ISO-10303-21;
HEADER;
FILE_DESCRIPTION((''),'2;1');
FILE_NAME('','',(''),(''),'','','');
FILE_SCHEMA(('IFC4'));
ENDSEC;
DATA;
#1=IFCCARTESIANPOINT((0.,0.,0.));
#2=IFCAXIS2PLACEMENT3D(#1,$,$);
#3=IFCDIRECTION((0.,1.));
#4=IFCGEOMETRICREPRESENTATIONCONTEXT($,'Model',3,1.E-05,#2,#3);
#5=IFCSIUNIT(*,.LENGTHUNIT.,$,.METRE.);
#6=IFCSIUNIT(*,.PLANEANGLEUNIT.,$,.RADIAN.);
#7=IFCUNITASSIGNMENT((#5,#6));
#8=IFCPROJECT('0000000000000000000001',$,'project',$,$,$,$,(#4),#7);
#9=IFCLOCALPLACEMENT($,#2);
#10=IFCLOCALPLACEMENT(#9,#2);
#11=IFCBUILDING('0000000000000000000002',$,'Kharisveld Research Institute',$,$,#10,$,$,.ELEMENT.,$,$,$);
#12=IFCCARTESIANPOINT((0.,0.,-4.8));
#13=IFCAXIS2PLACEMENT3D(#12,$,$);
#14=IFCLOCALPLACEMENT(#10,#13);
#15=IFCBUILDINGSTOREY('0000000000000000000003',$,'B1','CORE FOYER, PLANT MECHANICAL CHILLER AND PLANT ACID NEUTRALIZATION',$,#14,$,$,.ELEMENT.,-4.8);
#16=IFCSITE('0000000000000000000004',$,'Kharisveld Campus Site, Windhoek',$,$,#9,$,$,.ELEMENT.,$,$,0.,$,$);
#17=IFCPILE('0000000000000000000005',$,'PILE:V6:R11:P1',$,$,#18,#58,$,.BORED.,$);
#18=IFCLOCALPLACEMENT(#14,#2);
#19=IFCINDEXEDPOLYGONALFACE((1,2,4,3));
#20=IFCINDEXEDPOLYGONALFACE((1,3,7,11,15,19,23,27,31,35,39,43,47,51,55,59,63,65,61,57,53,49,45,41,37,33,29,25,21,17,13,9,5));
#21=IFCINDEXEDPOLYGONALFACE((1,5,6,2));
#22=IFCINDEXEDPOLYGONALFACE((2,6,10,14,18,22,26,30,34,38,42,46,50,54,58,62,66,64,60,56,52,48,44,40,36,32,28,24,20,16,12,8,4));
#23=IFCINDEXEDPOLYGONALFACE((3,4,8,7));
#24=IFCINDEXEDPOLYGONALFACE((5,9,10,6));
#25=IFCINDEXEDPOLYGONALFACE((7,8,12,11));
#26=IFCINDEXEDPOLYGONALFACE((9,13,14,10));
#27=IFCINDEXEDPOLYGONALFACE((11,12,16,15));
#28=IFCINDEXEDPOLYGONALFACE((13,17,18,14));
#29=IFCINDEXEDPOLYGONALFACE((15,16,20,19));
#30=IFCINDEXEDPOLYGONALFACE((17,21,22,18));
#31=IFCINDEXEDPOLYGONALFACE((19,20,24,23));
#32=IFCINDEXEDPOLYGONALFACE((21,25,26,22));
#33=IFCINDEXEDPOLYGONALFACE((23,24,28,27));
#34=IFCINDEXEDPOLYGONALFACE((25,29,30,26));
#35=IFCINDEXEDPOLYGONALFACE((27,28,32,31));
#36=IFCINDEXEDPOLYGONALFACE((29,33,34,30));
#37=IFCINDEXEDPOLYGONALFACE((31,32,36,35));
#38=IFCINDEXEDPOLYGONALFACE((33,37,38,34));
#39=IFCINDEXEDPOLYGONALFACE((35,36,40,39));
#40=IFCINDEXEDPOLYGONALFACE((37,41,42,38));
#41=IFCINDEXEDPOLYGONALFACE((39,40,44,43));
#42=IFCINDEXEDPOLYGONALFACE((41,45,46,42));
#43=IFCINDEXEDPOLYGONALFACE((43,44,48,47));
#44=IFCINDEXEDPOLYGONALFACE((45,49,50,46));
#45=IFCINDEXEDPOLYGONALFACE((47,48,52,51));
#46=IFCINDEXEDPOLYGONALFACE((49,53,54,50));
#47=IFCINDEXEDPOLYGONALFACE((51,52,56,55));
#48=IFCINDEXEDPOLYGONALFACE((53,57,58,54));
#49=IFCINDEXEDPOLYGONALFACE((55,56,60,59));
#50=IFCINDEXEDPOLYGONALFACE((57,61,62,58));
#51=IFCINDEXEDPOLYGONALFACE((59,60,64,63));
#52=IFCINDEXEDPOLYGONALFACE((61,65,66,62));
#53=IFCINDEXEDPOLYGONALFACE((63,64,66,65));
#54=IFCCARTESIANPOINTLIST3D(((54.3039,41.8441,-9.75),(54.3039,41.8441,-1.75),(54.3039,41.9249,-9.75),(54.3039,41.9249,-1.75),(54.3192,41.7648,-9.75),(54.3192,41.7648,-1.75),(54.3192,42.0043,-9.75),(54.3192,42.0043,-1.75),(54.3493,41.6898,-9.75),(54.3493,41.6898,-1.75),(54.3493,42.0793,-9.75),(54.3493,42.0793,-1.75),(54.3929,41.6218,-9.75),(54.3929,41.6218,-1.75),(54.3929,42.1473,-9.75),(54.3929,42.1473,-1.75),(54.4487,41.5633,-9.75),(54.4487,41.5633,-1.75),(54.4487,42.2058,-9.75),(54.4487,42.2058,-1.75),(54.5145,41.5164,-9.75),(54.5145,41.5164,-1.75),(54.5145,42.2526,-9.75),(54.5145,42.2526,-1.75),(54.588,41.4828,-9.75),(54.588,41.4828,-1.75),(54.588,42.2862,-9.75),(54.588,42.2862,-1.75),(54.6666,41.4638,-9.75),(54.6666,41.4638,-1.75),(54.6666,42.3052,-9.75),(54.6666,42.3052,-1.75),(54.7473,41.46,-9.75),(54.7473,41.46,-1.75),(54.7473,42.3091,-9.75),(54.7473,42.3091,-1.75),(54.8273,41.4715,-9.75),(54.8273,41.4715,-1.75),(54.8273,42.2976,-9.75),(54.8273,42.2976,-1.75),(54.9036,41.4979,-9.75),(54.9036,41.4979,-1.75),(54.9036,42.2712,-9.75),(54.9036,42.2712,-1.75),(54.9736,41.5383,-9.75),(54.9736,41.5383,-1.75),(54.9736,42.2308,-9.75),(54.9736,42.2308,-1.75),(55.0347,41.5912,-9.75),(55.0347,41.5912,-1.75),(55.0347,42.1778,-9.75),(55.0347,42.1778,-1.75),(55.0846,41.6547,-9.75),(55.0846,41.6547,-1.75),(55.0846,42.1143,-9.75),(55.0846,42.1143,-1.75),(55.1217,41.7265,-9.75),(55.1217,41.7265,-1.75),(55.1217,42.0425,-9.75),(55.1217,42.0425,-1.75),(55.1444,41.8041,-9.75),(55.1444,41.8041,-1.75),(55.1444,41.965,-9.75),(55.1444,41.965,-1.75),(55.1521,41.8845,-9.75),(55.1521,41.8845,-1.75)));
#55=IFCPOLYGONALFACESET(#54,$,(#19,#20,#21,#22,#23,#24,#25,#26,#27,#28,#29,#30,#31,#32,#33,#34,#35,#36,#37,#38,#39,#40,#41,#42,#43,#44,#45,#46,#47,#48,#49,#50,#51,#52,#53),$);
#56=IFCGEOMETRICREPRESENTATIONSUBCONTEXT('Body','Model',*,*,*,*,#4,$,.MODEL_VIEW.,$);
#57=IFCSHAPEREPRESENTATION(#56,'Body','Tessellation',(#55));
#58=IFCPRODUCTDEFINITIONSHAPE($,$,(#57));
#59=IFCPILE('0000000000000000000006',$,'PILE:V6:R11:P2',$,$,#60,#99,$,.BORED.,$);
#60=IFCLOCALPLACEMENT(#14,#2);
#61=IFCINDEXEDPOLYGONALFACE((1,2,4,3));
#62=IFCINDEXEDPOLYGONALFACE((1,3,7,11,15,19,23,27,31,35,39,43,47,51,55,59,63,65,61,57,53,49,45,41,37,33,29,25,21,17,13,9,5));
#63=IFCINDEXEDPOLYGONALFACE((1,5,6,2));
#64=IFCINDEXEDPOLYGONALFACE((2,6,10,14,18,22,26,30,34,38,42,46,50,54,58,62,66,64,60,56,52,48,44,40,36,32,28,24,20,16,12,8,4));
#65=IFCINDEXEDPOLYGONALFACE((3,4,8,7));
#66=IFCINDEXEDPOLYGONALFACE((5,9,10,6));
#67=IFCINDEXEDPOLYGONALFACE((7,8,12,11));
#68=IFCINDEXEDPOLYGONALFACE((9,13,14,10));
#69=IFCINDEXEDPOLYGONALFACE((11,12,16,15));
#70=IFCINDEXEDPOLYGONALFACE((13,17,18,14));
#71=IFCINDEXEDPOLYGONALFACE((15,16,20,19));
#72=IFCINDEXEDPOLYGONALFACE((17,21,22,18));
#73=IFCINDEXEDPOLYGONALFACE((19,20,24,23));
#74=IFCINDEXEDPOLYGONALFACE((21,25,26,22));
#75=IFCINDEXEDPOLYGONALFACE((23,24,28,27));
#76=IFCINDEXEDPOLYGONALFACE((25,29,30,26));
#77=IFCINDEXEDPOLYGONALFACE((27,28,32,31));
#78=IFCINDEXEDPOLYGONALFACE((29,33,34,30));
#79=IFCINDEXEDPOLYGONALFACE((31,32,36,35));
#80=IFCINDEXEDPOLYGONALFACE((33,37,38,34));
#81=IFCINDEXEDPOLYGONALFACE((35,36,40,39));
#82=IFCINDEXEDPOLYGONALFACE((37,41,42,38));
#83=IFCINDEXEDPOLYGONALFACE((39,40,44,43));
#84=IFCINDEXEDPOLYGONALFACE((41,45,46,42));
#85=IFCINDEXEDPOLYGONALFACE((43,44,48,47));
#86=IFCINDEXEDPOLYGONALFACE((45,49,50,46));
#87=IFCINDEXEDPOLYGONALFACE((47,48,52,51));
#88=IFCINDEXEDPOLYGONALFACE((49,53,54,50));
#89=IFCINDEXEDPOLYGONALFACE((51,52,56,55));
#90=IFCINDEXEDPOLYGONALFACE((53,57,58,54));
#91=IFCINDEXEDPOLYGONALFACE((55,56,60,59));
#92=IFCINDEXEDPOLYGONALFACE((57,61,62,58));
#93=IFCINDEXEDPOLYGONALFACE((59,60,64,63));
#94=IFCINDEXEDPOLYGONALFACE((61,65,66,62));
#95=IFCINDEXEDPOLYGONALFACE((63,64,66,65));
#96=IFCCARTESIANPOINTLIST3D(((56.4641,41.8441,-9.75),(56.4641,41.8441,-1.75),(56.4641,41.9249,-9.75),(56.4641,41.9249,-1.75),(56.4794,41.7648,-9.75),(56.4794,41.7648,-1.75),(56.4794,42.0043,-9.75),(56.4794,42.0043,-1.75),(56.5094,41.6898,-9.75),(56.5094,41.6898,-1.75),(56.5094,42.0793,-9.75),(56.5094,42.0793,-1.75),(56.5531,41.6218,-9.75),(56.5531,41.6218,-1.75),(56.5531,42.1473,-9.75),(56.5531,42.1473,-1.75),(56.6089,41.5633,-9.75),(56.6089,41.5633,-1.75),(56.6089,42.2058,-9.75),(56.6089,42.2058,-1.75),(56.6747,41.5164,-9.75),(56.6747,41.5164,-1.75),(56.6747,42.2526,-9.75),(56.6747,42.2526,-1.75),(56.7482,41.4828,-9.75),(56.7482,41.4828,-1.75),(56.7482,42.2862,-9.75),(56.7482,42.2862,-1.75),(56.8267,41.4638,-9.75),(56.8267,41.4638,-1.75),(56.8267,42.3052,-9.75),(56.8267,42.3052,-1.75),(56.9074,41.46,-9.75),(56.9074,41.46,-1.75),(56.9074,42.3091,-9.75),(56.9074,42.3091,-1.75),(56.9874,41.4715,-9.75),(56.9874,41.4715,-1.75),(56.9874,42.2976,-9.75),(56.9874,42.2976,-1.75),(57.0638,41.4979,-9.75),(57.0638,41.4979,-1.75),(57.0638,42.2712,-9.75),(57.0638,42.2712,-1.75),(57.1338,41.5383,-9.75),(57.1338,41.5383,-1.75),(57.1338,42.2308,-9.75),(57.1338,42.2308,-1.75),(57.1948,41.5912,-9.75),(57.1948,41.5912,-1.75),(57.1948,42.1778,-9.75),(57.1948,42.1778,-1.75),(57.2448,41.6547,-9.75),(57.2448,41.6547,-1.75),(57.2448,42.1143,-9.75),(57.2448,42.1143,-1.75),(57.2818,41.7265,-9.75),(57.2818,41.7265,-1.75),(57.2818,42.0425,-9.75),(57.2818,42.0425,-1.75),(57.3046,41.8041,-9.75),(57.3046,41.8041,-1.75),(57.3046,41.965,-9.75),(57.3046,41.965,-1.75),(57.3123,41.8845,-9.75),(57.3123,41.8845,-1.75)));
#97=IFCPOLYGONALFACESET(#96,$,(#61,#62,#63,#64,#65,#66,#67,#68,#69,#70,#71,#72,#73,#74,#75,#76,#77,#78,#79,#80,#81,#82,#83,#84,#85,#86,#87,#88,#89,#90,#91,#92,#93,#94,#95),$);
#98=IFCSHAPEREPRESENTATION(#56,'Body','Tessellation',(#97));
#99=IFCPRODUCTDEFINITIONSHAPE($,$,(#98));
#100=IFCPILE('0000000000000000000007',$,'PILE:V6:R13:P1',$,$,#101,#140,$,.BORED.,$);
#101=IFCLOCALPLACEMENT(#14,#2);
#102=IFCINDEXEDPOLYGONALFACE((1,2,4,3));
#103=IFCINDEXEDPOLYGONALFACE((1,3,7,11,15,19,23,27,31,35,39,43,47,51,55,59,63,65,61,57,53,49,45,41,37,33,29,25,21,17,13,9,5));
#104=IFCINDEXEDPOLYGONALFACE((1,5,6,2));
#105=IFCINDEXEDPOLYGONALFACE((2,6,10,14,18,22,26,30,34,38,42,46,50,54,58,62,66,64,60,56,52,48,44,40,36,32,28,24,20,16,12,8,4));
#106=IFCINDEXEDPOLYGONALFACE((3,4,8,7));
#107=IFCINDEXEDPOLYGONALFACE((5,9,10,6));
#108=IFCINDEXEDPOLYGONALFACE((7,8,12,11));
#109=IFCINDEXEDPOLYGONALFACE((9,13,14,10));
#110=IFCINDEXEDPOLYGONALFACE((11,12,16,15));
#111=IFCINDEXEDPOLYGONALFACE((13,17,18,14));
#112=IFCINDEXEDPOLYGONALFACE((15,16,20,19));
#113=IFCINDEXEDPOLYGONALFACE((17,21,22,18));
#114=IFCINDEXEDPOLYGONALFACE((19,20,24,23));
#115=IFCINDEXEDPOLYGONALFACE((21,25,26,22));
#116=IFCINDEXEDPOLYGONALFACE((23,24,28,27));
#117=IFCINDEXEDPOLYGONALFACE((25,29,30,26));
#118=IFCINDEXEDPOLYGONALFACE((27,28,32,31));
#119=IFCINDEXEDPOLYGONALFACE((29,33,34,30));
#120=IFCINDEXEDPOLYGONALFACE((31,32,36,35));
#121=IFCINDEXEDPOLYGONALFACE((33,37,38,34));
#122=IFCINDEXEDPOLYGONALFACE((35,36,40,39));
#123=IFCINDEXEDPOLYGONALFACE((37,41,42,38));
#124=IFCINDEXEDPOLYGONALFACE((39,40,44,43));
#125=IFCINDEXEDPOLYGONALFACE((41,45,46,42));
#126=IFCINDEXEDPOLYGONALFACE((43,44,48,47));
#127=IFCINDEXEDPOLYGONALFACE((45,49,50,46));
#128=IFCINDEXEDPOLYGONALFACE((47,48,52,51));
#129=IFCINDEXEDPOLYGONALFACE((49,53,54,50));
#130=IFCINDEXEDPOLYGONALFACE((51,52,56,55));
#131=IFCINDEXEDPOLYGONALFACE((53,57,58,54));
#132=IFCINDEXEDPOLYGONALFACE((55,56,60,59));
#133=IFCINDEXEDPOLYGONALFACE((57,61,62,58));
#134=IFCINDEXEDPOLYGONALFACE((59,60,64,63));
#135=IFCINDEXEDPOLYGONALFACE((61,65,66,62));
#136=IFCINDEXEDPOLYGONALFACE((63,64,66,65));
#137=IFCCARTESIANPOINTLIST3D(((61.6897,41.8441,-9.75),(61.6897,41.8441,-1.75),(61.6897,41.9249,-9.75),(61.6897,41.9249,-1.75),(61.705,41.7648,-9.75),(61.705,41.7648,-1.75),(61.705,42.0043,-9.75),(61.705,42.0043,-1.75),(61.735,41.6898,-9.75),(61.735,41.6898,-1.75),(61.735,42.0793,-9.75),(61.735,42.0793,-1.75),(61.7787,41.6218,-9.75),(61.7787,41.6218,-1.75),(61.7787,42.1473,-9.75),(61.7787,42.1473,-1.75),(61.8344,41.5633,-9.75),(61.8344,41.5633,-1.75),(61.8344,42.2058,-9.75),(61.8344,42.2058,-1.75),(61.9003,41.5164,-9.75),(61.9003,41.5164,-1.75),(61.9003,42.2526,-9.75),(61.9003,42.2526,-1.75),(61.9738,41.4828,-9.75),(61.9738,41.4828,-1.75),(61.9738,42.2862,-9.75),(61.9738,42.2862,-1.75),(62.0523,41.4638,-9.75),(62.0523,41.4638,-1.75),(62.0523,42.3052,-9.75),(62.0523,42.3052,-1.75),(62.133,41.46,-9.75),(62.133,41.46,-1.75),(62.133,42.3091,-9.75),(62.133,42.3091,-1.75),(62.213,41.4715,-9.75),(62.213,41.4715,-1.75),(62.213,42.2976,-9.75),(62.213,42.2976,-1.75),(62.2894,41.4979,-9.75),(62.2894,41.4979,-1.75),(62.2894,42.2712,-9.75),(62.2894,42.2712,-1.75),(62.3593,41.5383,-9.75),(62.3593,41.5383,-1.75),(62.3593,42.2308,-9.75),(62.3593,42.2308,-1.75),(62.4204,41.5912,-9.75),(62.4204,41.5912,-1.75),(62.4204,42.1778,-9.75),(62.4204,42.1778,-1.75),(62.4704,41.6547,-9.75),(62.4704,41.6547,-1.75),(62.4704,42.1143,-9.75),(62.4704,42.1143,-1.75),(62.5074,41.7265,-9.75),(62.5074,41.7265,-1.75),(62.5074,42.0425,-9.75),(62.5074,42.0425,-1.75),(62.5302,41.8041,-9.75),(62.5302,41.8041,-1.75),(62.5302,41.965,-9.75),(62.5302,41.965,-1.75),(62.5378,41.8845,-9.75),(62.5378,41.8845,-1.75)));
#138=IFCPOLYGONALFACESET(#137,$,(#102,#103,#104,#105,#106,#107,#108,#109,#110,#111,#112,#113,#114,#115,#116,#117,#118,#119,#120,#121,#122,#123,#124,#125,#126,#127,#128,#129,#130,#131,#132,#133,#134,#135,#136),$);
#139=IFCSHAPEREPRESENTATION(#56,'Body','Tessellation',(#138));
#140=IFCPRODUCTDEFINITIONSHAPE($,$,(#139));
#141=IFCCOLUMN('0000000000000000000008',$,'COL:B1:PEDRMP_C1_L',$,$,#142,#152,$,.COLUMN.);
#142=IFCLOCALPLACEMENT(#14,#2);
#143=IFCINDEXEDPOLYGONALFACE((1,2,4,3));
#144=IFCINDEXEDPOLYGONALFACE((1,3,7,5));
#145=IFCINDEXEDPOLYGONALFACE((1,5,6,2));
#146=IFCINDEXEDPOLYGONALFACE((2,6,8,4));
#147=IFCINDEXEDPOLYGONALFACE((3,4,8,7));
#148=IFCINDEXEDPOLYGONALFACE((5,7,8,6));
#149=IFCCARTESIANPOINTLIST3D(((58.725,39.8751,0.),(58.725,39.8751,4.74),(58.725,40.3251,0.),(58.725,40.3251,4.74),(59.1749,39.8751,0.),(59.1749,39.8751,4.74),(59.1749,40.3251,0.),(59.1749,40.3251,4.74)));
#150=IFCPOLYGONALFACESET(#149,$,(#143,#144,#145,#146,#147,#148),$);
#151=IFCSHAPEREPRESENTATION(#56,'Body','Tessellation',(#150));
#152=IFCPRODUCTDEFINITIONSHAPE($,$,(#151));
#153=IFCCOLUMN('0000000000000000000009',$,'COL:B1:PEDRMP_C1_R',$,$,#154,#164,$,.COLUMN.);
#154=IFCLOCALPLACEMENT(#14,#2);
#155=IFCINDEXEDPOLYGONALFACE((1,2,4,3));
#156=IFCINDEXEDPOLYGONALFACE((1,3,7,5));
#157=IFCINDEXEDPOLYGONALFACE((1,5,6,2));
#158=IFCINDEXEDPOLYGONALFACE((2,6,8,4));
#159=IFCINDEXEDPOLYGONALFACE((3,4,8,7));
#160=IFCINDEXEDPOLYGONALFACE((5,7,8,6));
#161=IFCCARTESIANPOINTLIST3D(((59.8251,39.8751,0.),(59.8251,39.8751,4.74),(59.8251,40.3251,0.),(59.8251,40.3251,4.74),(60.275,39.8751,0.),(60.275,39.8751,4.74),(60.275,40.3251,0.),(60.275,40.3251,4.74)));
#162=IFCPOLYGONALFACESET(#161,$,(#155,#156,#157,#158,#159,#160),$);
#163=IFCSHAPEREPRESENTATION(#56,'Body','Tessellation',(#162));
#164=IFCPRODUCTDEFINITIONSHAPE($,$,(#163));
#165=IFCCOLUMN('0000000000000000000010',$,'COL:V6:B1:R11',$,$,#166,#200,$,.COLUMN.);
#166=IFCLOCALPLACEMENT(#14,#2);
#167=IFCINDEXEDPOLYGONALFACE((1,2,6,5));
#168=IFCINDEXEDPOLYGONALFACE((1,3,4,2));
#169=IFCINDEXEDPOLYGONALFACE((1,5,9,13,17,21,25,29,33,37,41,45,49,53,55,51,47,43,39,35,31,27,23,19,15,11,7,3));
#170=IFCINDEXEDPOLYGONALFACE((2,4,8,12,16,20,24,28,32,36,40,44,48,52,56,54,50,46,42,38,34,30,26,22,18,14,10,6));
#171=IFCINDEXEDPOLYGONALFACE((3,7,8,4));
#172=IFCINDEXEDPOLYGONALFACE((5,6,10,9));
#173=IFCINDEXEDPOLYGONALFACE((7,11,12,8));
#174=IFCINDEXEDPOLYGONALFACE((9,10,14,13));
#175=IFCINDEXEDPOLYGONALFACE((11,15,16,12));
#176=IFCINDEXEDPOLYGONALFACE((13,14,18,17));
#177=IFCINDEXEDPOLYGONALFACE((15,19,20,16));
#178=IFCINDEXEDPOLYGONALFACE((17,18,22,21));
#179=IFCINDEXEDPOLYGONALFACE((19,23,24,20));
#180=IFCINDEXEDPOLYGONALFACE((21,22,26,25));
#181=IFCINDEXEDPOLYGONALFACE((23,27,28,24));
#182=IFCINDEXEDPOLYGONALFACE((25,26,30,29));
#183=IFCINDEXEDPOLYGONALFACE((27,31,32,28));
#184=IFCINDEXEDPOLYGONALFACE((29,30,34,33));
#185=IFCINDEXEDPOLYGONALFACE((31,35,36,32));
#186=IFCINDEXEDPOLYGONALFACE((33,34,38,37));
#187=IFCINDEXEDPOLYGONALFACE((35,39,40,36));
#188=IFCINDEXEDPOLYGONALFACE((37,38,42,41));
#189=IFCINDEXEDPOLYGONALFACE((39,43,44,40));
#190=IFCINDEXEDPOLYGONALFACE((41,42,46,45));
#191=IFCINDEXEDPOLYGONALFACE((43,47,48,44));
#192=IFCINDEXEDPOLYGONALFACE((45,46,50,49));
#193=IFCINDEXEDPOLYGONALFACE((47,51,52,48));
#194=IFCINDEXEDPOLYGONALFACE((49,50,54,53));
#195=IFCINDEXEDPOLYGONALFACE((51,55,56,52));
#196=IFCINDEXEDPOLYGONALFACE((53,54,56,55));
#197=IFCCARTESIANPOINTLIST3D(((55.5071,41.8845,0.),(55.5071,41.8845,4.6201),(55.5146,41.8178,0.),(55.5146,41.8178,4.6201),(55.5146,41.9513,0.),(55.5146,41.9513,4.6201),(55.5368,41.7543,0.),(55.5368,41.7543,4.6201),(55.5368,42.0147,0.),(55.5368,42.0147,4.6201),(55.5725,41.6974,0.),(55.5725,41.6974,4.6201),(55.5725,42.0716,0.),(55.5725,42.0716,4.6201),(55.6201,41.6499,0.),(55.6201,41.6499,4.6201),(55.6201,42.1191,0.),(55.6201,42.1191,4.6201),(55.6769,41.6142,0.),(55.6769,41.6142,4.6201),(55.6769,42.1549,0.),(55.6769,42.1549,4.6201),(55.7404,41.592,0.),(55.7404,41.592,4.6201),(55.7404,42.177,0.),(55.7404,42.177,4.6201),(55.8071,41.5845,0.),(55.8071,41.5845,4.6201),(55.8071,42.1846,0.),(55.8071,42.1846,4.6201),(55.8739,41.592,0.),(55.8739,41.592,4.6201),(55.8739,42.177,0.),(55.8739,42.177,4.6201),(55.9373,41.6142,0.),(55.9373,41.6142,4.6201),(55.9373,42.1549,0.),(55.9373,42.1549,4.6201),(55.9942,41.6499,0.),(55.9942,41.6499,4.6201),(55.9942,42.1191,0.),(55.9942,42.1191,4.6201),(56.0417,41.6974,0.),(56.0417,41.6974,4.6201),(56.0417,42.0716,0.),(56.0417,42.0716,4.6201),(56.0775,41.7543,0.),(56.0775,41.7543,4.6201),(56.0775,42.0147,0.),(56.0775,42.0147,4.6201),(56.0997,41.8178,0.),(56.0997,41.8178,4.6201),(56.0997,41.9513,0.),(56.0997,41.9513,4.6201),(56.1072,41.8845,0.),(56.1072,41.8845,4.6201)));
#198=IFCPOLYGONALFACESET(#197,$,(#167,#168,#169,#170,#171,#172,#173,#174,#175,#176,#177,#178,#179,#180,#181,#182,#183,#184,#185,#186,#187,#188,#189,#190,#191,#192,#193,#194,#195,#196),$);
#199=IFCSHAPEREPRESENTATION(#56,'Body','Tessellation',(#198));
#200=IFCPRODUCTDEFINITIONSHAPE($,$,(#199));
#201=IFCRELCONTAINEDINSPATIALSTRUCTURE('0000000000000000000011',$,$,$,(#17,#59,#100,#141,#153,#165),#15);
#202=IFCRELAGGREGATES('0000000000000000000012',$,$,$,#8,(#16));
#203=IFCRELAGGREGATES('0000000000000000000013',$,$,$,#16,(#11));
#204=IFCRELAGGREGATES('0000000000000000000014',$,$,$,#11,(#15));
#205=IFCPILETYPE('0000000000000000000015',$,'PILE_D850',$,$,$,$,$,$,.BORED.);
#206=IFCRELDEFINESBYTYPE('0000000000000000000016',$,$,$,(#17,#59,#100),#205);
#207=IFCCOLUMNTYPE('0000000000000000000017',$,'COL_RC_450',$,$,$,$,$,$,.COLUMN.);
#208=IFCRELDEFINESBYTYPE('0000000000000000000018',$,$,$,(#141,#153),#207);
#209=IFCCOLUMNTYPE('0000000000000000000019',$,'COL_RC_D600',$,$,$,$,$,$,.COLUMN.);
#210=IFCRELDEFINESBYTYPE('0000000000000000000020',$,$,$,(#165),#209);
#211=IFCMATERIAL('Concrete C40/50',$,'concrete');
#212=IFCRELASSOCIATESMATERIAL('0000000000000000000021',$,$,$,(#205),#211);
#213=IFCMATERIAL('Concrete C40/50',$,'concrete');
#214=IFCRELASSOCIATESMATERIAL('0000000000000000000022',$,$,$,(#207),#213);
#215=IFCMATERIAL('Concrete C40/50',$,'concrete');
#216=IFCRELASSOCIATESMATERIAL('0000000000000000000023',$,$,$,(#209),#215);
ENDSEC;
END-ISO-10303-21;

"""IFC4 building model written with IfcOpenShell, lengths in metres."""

from ifc_helpers import new_model, si_unit, direction, frame, origin, origin_2d, place, context, subcontext, project, spatial, rectangle, circle, extrude, material, material_profile, profile_set, type_object, element, save


model = new_model("IFC4")

# Units and contexts
model_context = context("Model", 3, precision=1e-05, world=origin(), true_north=direction((0.0, 1.0)))
body_context = subcontext(model_context, "Body", "Model", "MODEL_VIEW")
ifc_project = project(units=[si_unit("LENGTHUNIT", "METRE"), si_unit("PLANEANGLEUNIT", "RADIAN")], contexts=[model_context])

# Site, building, storey
site_placement = place(None, origin())
site = spatial("IfcSite", under=ifc_project, at=site_placement, Name="Kharisveld Campus Site, Windhoek", CompositionType="ELEMENT", RefElevation=0.0)
building_placement = place(site_placement, origin())
building = spatial("IfcBuilding", under=site, at=building_placement, Name="Kharisveld Research Institute", CompositionType="ELEMENT")
storey_placement = place(building_placement, frame((0.0, 0.0, -4.8)))
storey = spatial("IfcBuildingStorey", under=building, at=storey_placement, Name="B1", Description="CORE FOYER, PLANT MECHANICAL CHILLER AND PLANT ACID NEUTRALIZATION", CompositionType="ELEMENT", Elevation=-4.8)

# Piles
ifc_material_1 = material(Name="Concrete C40/50", Category="concrete")
ifc_material_profile_1 = material_profile(ifc_material_1, circle(Radius=0.425, at=origin_2d()))
ifc_profile_set_1 = profile_set([ifc_material_profile_1], Name="Concrete C40/50")
pile_type_1 = type_object("IfcPileType", Name="PILE_D850", PredefinedType="BORED", material=ifc_profile_set_1)
for number, where, z_axis, x_axis, name in (
    (1, (54.7271, 41.8845, -1.75), (0.0, 0.0, -1.0), (1.0, 0.0, 0.0), "PILE:V6:R11:P1"),
    (2, (56.8872, 41.8845, -1.75), (0.0, 0.0, -1.0), (1.0, 0.0, 0.0), "PILE:V6:R11:P2"),
    (3, (62.1128, 41.8845, -1.75), (0.0, 0.0, -1.0), (1.0, 0.0, 0.0), "PILE:V6:R13:P1"),
):
    element("IfcPile", number, at=place(storey_placement, frame(where, z_axis=z_axis, x_axis=x_axis)), inside=storey, type_object=pile_type_1, Name=name, PredefinedType="BORED", context=body_context, shape_type="SweptSolid", body=[
        extrude(circle(Radius=0.425, at=origin_2d()), origin(), (0.0, 0.0, 1.0), 8.0),
    ])

# Columns
ifc_material_2 = material(Name="Concrete C40/50", Category="concrete")
ifc_material_profile_2 = material_profile(ifc_material_2, rectangle(XDim=0.45, YDim=0.45, at=origin_2d()))
ifc_profile_set_2 = profile_set([ifc_material_profile_2], Name="Concrete C40/50")
column_type_1 = type_object("IfcColumnType", Name="COL_RC_450", PredefinedType="COLUMN", material=ifc_profile_set_2)
for number, where, z_axis, x_axis, name in (
    (4, (58.95, 40.1001, 0.0), (0.0, 0.0, 1.0), (1.0, 0.0, 0.0), "COL:B1:PEDRMP_C1_L"),
    (5, (60.05, 40.1001, 0.0), (0.0, 0.0, 1.0), (1.0, 0.0, 0.0), "COL:B1:PEDRMP_C1_R"),
):
    element("IfcColumn", number, at=place(storey_placement, frame(where, z_axis=z_axis, x_axis=x_axis)), inside=storey, type_object=column_type_1, Name=name, PredefinedType="COLUMN", context=body_context, shape_type="SweptSolid", body=[
        extrude(rectangle(XDim=0.45, YDim=0.45, at=origin_2d()), origin(), (0.0, 0.0, 1.0), 4.74),
    ])
ifc_material_3 = material(Name="Concrete C40/50", Category="concrete")
ifc_material_profile_3 = material_profile(ifc_material_3, circle(Radius=0.3, at=origin_2d()))
ifc_profile_set_3 = profile_set([ifc_material_profile_3], Name="Concrete C40/50")
column_type_2 = type_object("IfcColumnType", Name="COL_RC_D600", PredefinedType="COLUMN", material=ifc_profile_set_3)
for number, where, z_axis, x_axis, name in (
    (6, (55.8071, 41.8845, 0.0), (0.0, 0.0, 1.0), (1.0, 0.0, 0.0), "COL:V6:B1:R11"),
):
    element("IfcColumn", number, at=place(storey_placement, frame(where, z_axis=z_axis, x_axis=x_axis)), inside=storey, type_object=column_type_2, Name=name, PredefinedType="COLUMN", context=body_context, shape_type="SweptSolid", body=[
        extrude(circle(Radius=0.3, at=origin_2d()), origin(), (0.0, 0.0, 1.0), 4.6201),
    ])

save(model, "model.ifc")
